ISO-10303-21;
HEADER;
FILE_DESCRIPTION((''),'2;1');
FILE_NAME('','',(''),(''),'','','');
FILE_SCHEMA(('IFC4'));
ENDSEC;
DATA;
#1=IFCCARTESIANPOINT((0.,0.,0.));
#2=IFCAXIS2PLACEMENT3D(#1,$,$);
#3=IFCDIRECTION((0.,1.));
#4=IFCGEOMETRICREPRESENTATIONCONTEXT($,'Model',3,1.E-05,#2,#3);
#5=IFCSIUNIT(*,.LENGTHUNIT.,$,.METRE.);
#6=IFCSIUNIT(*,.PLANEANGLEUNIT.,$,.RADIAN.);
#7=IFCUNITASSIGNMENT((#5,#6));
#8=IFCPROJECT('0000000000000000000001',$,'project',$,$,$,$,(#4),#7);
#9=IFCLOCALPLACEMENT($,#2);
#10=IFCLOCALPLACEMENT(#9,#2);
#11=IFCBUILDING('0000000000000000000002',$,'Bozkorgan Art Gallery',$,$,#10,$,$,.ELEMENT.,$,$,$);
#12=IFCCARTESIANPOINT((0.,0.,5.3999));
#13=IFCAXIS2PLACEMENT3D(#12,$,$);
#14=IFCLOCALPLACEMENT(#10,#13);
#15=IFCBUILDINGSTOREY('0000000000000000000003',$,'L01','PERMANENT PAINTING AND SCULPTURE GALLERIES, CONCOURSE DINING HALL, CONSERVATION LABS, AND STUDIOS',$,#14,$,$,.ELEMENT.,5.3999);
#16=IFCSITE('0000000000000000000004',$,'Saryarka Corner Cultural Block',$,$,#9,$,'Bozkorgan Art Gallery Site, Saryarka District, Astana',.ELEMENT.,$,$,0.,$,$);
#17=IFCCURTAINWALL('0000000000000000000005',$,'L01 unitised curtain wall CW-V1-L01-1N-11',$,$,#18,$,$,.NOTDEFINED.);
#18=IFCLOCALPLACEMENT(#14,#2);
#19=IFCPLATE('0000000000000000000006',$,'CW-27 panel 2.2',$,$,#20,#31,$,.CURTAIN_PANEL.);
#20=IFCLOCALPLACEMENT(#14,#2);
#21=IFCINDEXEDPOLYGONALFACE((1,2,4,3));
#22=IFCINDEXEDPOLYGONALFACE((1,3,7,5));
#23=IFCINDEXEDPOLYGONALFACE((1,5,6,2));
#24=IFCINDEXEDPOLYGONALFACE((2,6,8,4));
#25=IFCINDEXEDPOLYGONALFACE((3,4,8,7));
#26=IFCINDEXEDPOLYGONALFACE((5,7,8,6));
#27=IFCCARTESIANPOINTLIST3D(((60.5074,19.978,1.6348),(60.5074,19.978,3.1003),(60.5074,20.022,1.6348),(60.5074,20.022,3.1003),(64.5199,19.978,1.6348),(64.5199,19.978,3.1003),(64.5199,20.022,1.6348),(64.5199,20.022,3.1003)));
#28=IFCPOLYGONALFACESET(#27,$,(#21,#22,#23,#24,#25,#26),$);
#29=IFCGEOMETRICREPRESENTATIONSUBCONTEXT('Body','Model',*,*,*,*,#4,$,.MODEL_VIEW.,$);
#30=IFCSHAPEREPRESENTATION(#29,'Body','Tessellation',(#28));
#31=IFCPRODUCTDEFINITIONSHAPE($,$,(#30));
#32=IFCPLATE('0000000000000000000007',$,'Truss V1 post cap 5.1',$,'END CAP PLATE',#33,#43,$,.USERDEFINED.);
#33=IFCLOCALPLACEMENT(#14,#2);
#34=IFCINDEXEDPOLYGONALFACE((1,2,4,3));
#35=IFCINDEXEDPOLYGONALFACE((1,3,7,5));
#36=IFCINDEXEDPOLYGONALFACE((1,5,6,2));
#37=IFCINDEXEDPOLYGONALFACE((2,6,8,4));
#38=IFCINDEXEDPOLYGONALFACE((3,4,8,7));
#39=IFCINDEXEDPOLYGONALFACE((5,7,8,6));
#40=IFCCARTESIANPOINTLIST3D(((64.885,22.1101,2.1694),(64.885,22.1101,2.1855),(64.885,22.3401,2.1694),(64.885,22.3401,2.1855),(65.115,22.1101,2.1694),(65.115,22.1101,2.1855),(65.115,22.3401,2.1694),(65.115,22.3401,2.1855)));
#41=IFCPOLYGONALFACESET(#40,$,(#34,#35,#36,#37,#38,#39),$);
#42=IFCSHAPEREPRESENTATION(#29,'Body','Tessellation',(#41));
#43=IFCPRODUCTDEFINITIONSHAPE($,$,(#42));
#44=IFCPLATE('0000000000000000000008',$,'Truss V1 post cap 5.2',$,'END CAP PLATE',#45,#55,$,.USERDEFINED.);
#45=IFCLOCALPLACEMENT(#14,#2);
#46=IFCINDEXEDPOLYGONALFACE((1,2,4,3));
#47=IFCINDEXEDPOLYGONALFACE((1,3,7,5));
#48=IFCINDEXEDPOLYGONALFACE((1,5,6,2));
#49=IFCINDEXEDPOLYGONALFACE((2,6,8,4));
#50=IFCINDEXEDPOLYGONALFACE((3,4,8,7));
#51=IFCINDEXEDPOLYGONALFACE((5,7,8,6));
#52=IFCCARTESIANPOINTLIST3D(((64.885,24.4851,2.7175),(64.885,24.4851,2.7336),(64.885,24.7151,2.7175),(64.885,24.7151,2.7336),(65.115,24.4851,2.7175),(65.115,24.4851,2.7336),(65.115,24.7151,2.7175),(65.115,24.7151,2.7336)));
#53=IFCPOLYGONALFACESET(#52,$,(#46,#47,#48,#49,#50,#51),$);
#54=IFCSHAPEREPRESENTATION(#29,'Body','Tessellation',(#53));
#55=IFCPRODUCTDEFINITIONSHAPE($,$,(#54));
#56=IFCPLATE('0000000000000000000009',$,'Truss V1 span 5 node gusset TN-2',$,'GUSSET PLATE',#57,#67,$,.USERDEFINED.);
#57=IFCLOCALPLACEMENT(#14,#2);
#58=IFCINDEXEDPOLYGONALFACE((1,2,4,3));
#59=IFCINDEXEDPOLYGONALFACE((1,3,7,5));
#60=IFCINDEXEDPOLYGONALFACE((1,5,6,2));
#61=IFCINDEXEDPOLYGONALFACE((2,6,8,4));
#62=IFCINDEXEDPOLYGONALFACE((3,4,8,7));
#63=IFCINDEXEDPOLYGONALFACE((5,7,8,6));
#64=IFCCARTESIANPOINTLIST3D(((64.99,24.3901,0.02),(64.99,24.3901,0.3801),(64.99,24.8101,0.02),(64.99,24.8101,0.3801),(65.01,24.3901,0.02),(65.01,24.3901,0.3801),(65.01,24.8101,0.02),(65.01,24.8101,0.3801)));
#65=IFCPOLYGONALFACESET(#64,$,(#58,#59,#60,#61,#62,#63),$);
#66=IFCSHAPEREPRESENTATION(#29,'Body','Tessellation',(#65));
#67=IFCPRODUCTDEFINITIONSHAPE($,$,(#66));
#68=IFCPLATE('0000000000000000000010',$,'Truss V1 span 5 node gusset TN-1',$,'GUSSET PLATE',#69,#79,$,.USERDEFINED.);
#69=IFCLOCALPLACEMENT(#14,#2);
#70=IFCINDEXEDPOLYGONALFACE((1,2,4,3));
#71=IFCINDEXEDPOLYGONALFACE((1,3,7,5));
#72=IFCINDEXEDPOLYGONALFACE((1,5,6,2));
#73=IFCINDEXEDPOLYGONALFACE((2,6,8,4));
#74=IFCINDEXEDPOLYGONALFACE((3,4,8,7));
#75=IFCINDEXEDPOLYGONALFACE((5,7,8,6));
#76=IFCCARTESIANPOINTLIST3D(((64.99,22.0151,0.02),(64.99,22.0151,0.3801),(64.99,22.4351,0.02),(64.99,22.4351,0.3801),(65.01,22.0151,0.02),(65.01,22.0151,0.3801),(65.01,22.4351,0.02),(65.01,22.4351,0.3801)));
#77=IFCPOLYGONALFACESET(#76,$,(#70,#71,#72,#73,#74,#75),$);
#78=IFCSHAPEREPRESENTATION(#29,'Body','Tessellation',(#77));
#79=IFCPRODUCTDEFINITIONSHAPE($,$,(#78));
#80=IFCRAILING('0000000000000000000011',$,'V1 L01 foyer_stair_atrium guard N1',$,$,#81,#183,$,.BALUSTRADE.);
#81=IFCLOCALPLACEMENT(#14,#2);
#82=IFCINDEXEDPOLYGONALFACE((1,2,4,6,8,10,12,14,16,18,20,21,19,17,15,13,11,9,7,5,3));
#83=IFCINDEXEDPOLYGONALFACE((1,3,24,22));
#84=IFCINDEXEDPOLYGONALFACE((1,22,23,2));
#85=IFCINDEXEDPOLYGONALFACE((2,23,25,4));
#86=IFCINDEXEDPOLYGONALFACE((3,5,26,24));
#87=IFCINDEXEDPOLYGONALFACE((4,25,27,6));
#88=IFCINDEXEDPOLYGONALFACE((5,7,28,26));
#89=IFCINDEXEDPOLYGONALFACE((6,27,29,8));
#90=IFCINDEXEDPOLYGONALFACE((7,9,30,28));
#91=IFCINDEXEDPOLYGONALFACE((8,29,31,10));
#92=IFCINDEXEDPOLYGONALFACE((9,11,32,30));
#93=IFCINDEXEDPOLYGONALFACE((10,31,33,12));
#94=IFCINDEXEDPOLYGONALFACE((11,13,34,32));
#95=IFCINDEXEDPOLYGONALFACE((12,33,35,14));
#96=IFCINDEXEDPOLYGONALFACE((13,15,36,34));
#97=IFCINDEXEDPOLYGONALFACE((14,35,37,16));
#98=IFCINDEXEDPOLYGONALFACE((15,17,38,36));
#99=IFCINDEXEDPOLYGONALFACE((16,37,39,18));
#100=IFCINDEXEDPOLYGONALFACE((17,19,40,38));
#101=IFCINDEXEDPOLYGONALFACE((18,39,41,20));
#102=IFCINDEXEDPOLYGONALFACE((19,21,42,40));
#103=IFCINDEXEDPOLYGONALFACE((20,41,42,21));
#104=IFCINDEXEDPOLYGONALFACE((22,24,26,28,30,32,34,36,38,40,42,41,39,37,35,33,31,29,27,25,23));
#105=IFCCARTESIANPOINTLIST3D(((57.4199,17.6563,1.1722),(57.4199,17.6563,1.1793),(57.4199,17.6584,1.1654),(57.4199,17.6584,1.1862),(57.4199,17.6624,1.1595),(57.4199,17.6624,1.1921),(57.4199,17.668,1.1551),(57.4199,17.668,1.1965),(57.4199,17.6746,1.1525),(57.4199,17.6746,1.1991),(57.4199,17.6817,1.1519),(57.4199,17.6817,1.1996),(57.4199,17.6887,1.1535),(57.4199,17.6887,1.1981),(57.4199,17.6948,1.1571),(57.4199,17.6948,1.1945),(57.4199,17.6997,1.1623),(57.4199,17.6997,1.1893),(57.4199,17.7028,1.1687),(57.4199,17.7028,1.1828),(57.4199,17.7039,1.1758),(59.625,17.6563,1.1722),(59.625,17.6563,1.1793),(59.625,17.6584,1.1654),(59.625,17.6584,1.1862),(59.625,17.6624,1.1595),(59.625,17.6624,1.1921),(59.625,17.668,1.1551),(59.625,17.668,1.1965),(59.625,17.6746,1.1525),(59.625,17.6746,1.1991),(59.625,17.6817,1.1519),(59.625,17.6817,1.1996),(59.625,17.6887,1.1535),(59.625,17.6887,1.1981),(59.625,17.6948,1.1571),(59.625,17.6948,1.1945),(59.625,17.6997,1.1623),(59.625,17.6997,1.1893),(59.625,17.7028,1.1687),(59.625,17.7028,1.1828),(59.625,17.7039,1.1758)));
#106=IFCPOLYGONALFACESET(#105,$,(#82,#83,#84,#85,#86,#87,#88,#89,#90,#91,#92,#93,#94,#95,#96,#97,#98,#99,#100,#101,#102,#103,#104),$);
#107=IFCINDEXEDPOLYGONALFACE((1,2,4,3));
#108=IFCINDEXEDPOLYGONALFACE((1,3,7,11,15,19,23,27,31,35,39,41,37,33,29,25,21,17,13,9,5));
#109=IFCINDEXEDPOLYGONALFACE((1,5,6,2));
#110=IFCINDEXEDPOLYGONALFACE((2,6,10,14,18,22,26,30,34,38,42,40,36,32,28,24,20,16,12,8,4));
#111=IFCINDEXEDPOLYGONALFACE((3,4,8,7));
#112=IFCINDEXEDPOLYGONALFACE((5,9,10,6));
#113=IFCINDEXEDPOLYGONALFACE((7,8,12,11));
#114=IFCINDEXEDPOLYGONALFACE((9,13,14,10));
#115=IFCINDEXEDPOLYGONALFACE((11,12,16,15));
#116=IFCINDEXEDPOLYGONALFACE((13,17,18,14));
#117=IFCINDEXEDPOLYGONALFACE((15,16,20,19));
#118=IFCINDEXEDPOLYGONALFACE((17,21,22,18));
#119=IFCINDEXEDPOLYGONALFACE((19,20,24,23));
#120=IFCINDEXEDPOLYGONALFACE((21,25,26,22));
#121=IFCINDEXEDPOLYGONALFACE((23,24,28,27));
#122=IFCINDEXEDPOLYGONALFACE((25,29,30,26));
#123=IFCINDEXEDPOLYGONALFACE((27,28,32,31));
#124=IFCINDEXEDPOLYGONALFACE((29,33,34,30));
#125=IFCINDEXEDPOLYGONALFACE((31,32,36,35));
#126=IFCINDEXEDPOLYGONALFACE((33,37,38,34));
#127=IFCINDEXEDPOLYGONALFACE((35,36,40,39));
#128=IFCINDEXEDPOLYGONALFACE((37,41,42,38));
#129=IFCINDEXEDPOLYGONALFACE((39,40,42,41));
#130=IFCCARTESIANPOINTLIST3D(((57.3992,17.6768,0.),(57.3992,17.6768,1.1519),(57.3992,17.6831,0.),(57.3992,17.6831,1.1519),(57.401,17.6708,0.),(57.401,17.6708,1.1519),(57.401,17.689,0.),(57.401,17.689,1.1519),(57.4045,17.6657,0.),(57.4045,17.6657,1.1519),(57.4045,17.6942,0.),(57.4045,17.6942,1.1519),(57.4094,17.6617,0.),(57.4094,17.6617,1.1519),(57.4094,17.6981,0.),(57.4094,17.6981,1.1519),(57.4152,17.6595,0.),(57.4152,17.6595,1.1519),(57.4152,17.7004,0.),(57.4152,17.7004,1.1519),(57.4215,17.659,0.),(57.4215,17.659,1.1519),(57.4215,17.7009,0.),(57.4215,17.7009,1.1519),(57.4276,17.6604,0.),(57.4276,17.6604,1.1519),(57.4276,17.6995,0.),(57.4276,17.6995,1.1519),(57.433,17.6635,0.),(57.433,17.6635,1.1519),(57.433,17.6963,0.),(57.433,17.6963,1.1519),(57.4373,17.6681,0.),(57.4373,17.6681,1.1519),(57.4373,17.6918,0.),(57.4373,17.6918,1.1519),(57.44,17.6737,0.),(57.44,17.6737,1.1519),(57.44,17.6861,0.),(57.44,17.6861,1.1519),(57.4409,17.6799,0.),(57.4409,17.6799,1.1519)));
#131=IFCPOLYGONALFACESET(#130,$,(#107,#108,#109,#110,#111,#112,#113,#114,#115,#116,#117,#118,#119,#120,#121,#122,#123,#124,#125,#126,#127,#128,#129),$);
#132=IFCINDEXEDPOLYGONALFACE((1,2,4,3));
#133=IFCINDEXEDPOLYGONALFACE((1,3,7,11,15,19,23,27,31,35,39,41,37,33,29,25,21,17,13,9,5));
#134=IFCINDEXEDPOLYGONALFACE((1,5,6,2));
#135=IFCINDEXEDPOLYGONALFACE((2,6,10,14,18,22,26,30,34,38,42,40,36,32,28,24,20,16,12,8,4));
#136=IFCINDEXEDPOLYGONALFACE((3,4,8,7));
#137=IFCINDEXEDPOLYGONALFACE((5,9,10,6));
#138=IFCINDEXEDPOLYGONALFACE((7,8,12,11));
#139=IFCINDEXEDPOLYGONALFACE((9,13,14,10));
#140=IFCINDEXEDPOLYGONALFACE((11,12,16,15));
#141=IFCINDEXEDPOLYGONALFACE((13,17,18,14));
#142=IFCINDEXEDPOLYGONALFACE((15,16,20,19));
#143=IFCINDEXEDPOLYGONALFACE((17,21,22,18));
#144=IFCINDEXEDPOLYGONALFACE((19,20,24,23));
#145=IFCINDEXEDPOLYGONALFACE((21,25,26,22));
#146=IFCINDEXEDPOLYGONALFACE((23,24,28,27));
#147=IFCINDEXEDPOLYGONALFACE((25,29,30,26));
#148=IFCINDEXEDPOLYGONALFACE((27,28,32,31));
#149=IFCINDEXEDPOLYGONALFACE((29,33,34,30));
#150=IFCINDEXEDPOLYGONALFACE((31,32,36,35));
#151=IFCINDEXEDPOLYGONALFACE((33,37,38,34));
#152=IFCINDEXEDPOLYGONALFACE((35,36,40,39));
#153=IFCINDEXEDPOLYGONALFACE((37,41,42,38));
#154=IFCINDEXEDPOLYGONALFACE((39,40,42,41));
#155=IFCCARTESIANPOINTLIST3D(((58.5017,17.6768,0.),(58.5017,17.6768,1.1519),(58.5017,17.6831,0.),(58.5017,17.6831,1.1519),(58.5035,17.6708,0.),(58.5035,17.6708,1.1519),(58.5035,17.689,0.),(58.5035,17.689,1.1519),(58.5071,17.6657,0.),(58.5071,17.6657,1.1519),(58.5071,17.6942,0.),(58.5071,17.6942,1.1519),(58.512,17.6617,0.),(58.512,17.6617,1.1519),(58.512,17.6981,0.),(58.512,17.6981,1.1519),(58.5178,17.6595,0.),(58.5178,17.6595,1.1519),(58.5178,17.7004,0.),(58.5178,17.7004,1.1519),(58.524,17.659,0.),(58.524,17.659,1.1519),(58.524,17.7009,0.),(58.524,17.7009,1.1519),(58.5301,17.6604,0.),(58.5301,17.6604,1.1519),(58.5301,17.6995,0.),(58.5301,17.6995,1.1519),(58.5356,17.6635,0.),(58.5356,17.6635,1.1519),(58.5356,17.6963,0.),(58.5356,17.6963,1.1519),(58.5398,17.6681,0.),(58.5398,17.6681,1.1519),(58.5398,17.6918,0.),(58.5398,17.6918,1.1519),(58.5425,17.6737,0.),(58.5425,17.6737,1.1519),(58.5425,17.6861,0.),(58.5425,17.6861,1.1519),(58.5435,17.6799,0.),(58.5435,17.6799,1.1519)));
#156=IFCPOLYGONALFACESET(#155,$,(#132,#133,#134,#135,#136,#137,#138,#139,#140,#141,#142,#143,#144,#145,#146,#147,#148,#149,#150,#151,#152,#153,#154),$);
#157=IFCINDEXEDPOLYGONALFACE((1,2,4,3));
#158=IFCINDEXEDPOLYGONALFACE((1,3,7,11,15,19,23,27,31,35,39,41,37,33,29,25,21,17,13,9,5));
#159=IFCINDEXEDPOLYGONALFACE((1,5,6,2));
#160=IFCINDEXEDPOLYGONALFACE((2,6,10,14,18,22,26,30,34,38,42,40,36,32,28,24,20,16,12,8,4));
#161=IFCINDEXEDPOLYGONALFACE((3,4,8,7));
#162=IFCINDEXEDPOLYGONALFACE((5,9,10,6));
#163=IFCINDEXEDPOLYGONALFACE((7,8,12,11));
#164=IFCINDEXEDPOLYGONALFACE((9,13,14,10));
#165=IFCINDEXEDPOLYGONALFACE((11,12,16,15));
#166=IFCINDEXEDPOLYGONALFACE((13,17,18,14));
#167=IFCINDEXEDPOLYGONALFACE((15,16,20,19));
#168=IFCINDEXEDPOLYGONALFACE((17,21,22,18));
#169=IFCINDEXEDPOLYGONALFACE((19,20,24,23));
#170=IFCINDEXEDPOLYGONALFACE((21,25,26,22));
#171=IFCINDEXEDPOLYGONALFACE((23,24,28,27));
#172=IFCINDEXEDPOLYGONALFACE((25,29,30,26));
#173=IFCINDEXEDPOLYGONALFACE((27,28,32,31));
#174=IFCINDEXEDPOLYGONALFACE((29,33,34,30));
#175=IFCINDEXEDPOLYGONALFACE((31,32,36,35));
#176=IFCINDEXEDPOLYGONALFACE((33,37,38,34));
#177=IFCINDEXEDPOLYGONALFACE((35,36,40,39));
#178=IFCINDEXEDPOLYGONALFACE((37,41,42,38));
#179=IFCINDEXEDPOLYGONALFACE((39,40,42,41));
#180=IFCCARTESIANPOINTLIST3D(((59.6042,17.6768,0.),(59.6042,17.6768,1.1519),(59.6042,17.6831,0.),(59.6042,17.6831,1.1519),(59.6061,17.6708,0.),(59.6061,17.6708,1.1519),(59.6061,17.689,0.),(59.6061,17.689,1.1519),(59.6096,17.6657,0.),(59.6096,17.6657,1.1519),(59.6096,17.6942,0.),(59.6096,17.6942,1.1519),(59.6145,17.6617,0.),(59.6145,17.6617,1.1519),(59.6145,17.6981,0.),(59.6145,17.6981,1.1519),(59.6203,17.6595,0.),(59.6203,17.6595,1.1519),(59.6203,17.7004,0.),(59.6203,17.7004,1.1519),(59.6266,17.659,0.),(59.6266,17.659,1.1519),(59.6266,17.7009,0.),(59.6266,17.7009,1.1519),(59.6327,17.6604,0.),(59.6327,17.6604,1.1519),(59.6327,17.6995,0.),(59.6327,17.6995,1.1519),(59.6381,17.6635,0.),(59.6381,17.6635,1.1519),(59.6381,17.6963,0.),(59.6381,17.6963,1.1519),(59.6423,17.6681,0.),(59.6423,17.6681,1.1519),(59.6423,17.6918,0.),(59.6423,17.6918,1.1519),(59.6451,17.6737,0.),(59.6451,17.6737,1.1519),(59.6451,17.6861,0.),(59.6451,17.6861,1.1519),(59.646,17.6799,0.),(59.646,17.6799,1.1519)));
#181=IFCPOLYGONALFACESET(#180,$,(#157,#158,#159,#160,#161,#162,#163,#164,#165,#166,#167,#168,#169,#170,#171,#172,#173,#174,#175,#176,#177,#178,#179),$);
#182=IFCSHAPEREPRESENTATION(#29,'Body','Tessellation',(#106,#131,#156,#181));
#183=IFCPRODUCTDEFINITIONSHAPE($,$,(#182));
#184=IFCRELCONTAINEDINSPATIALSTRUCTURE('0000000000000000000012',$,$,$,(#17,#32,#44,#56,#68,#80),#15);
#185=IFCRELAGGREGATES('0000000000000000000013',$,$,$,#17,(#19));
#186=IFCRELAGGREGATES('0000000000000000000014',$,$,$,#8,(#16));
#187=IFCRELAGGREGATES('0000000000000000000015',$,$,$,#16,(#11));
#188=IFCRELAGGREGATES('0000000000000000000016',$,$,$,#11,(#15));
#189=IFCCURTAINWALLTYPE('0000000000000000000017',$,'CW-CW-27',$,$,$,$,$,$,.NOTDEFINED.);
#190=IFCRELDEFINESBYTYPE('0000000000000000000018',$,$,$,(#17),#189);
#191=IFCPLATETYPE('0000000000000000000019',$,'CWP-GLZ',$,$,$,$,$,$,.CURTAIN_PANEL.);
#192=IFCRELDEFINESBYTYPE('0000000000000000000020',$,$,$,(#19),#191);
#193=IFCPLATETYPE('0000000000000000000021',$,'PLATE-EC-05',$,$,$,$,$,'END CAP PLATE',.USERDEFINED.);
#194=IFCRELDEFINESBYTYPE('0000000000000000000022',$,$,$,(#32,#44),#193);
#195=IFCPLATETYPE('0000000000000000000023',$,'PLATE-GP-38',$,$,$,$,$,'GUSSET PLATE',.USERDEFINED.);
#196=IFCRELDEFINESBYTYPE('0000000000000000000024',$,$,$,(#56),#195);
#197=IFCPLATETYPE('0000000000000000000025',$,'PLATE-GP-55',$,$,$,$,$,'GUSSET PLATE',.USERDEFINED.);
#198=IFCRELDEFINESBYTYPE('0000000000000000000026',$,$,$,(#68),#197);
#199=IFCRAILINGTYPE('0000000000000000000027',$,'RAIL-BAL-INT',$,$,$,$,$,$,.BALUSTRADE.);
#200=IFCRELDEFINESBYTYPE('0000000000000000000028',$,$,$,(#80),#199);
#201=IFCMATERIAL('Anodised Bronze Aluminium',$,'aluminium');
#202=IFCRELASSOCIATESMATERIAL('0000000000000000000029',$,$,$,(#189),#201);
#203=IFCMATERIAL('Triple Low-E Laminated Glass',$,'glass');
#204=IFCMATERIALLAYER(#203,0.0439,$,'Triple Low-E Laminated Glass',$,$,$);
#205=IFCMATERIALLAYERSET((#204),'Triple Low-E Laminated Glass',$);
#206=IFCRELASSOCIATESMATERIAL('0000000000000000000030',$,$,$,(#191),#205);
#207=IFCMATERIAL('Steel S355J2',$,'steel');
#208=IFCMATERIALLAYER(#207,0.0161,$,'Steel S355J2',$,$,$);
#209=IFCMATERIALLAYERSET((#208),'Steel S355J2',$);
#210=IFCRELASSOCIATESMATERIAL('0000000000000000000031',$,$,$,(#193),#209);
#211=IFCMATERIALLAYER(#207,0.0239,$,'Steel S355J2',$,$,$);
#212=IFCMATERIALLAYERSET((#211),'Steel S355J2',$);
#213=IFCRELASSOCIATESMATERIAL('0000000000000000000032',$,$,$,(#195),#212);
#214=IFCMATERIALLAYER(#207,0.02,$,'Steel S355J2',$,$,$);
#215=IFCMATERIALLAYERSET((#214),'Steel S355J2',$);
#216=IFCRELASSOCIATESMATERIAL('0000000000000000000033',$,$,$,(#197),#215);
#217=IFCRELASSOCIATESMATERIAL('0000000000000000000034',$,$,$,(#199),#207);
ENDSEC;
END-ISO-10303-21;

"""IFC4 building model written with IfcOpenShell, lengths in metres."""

from ifc_helpers import new_model, si_unit, direction, frame, origin, origin_2d, place, context, subcontext, project, spatial, rectangle, circle, extrude, material, layer, layer_set, type_object, element, aggregate, save


model = new_model("IFC4")

# Units and contexts
model_context = context("Model", 3, precision=1e-05, world=origin(), true_north=direction((0.0, 1.0)))
body_context = subcontext(model_context, "Body", "Model", "MODEL_VIEW")
ifc_project = project(units=[si_unit("LENGTHUNIT", "METRE"), si_unit("PLANEANGLEUNIT", "RADIAN")], contexts=[model_context])

# Site, building, storey
site_placement = place(None, origin())
site = spatial("IfcSite", under=ifc_project, at=site_placement, Name="Saryarka Corner Cultural Block", LongName="Bozkorgan Art Gallery Site, Saryarka District, Astana", CompositionType="ELEMENT", RefElevation=0.0)
building_placement = place(site_placement, origin())
building = spatial("IfcBuilding", under=site, at=building_placement, Name="Bozkorgan Art Gallery", CompositionType="ELEMENT")
storey_placement = place(building_placement, frame((0.0, 0.0, 5.3999)))
storey = spatial("IfcBuildingStorey", under=building, at=storey_placement, Name="L01", Description="PERMANENT PAINTING AND SCULPTURE GALLERIES, CONCOURSE DINING HALL, CONSERVATION LABS, AND STUDIOS", CompositionType="ELEMENT", Elevation=5.3999)

# Shared definitions
ifc_material_1 = material(Name="Steel S355J2", Category="steel")

# Curtain wall
ifc_material_2 = material(Name="Anodised Bronze Aluminium", Category="aluminium")
curtain_wall_type = type_object("IfcCurtainWallType", Name="CW-CW-27", PredefinedType="NOTDEFINED", material=ifc_material_2)
curtain_wall_placement = place(storey_placement, origin())
curtain_wall = element("IfcCurtainWall", 1, at=curtain_wall_placement, inside=storey, type_object=curtain_wall_type, Name="L01 unitised curtain wall CW-V1-L01-1N-11", PredefinedType="NOTDEFINED")

# Plate
ifc_material_3 = material(Name="Triple Low-E Laminated Glass", Category="glass")
ifc_layer_1 = layer(ifc_material_3, 0.0439, Name="Triple Low-E Laminated Glass")
ifc_layer_set_1 = layer_set([ifc_layer_1], Name="Triple Low-E Laminated Glass")
plate_type_1 = type_object("IfcPlateType", Name="CWP-GLZ", PredefinedType="CURTAIN_PANEL", material=ifc_layer_set_1)
plate_1_placement = place(storey_placement, frame((62.5137, 20.0, 1.6348), z_axis=(0.0, 0.0, 1.0), x_axis=(1.0, 0.0, 0.0)))
plate_1 = element("IfcPlate", 2, at=plate_1_placement, type_object=plate_type_1, Name="CW-27 panel 2.2", PredefinedType="CURTAIN_PANEL", context=body_context, shape_type="SweptSolid", body=[
    extrude(rectangle(XDim=4.0125, YDim=0.0439, at=origin_2d()), origin(), (0.0, 0.0, 1.0), 1.4656),
])
aggregate(curtain_wall, [plate_1])

# Plates
ifc_layer_2 = layer(ifc_material_1, 0.0161, Name="Steel S355J2")
ifc_layer_set_2 = layer_set([ifc_layer_2], Name="Steel S355J2")
plate_type_2 = type_object("IfcPlateType", Name="PLATE-EC-05", ElementType="END CAP PLATE", PredefinedType="USERDEFINED", material=ifc_layer_set_2)
for number, where, z_axis, x_axis, name in (
    (3, (65.0, 22.2251, 2.1694), (0.0, 0.0, 1.0), (1.0, 0.0, 0.0), "Truss V1 post cap 5.1"),
    (4, (65.0, 24.6001, 2.7175), (0.0, 0.0, 1.0), (1.0, 0.0, 0.0), "Truss V1 post cap 5.2"),
):
    element("IfcPlate", number, at=place(storey_placement, frame(where, z_axis=z_axis, x_axis=x_axis)), inside=storey, type_object=plate_type_2, Name=name, ObjectType="END CAP PLATE", PredefinedType="USERDEFINED", context=body_context, shape_type="SweptSolid", body=[
        extrude(rectangle(XDim=0.23, YDim=0.23, at=origin_2d()), origin(), (0.0, 0.0, 1.0), 0.0161),
    ])
ifc_layer_3 = layer(ifc_material_1, 0.0239, Name="Steel S355J2")
ifc_layer_set_3 = layer_set([ifc_layer_3], Name="Steel S355J2")
plate_type_3 = type_object("IfcPlateType", Name="PLATE-GP-38", ElementType="GUSSET PLATE", PredefinedType="USERDEFINED", material=ifc_layer_set_3)
plate_2_placement = place(storey_placement, frame((65.0, 24.6001, 0.02), z_axis=(0.0, 0.0, 1.0), x_axis=(1.0, 0.0, 0.0)))
element("IfcPlate", 5, at=plate_2_placement, inside=storey, type_object=plate_type_3, Name="Truss V1 span 5 node gusset TN-2", ObjectType="GUSSET PLATE", PredefinedType="USERDEFINED", context=body_context, shape_type="SweptSolid", body=[
    extrude(rectangle(XDim=0.02, YDim=0.4199, at=origin_2d()), origin(), (0.0, 0.0, 1.0), 0.3601),
])
ifc_layer_4 = layer(ifc_material_1, 0.02, Name="Steel S355J2")
ifc_layer_set_4 = layer_set([ifc_layer_4], Name="Steel S355J2")
plate_type_4 = type_object("IfcPlateType", Name="PLATE-GP-55", ElementType="GUSSET PLATE", PredefinedType="USERDEFINED", material=ifc_layer_set_4)
plate_3_placement = place(storey_placement, frame((65.0, 22.2251, 0.02), z_axis=(0.0, 0.0, 1.0), x_axis=(1.0, 0.0, 0.0)))
element("IfcPlate", 6, at=plate_3_placement, inside=storey, type_object=plate_type_4, Name="Truss V1 span 5 node gusset TN-1", ObjectType="GUSSET PLATE", PredefinedType="USERDEFINED", context=body_context, shape_type="SweptSolid", body=[
    extrude(rectangle(XDim=0.02, YDim=0.4199, at=origin_2d()), origin(), (0.0, 0.0, 1.0), 0.3601),
])

# Railing
railing_type = type_object("IfcRailingType", Name="RAIL-BAL-INT", PredefinedType="BALUSTRADE", material=ifc_material_1)
for number, where, name in (
    (7, (57.4199, 17.6799, 0.0), "V1 L01 foyer_stair_atrium guard N1"),
):
    element("IfcRailing", number, at=place(storey_placement, frame(where)), inside=storey, type_object=railing_type, Name=name, PredefinedType="BALUSTRADE", context=body_context, shape_type="SweptSolid", body=[
        extrude(circle(Radius=0.0239, at=origin_2d()), frame((0.0, 0.0, 1.1758), z_axis=(1.0, 0.0, 0.0), x_axis=(0.0, 1.0, 0.0)), (0.0, 0.0, 1.0), 2.2051),
        extrude(circle(Radius=0.021, at=origin_2d()), origin(), (0.0, 0.0, 1.0), 1.1519),
        extrude(circle(Radius=0.021, at=origin_2d()), frame((1.1025, 0.0, 0.0)), (0.0, 0.0, 1.0), 1.1519),
        extrude(circle(Radius=0.021, at=origin_2d()), frame((2.2051, 0.0, 0.0)), (0.0, 0.0, 1.0), 1.1519),
    ])

save(model, "model.ifc")
